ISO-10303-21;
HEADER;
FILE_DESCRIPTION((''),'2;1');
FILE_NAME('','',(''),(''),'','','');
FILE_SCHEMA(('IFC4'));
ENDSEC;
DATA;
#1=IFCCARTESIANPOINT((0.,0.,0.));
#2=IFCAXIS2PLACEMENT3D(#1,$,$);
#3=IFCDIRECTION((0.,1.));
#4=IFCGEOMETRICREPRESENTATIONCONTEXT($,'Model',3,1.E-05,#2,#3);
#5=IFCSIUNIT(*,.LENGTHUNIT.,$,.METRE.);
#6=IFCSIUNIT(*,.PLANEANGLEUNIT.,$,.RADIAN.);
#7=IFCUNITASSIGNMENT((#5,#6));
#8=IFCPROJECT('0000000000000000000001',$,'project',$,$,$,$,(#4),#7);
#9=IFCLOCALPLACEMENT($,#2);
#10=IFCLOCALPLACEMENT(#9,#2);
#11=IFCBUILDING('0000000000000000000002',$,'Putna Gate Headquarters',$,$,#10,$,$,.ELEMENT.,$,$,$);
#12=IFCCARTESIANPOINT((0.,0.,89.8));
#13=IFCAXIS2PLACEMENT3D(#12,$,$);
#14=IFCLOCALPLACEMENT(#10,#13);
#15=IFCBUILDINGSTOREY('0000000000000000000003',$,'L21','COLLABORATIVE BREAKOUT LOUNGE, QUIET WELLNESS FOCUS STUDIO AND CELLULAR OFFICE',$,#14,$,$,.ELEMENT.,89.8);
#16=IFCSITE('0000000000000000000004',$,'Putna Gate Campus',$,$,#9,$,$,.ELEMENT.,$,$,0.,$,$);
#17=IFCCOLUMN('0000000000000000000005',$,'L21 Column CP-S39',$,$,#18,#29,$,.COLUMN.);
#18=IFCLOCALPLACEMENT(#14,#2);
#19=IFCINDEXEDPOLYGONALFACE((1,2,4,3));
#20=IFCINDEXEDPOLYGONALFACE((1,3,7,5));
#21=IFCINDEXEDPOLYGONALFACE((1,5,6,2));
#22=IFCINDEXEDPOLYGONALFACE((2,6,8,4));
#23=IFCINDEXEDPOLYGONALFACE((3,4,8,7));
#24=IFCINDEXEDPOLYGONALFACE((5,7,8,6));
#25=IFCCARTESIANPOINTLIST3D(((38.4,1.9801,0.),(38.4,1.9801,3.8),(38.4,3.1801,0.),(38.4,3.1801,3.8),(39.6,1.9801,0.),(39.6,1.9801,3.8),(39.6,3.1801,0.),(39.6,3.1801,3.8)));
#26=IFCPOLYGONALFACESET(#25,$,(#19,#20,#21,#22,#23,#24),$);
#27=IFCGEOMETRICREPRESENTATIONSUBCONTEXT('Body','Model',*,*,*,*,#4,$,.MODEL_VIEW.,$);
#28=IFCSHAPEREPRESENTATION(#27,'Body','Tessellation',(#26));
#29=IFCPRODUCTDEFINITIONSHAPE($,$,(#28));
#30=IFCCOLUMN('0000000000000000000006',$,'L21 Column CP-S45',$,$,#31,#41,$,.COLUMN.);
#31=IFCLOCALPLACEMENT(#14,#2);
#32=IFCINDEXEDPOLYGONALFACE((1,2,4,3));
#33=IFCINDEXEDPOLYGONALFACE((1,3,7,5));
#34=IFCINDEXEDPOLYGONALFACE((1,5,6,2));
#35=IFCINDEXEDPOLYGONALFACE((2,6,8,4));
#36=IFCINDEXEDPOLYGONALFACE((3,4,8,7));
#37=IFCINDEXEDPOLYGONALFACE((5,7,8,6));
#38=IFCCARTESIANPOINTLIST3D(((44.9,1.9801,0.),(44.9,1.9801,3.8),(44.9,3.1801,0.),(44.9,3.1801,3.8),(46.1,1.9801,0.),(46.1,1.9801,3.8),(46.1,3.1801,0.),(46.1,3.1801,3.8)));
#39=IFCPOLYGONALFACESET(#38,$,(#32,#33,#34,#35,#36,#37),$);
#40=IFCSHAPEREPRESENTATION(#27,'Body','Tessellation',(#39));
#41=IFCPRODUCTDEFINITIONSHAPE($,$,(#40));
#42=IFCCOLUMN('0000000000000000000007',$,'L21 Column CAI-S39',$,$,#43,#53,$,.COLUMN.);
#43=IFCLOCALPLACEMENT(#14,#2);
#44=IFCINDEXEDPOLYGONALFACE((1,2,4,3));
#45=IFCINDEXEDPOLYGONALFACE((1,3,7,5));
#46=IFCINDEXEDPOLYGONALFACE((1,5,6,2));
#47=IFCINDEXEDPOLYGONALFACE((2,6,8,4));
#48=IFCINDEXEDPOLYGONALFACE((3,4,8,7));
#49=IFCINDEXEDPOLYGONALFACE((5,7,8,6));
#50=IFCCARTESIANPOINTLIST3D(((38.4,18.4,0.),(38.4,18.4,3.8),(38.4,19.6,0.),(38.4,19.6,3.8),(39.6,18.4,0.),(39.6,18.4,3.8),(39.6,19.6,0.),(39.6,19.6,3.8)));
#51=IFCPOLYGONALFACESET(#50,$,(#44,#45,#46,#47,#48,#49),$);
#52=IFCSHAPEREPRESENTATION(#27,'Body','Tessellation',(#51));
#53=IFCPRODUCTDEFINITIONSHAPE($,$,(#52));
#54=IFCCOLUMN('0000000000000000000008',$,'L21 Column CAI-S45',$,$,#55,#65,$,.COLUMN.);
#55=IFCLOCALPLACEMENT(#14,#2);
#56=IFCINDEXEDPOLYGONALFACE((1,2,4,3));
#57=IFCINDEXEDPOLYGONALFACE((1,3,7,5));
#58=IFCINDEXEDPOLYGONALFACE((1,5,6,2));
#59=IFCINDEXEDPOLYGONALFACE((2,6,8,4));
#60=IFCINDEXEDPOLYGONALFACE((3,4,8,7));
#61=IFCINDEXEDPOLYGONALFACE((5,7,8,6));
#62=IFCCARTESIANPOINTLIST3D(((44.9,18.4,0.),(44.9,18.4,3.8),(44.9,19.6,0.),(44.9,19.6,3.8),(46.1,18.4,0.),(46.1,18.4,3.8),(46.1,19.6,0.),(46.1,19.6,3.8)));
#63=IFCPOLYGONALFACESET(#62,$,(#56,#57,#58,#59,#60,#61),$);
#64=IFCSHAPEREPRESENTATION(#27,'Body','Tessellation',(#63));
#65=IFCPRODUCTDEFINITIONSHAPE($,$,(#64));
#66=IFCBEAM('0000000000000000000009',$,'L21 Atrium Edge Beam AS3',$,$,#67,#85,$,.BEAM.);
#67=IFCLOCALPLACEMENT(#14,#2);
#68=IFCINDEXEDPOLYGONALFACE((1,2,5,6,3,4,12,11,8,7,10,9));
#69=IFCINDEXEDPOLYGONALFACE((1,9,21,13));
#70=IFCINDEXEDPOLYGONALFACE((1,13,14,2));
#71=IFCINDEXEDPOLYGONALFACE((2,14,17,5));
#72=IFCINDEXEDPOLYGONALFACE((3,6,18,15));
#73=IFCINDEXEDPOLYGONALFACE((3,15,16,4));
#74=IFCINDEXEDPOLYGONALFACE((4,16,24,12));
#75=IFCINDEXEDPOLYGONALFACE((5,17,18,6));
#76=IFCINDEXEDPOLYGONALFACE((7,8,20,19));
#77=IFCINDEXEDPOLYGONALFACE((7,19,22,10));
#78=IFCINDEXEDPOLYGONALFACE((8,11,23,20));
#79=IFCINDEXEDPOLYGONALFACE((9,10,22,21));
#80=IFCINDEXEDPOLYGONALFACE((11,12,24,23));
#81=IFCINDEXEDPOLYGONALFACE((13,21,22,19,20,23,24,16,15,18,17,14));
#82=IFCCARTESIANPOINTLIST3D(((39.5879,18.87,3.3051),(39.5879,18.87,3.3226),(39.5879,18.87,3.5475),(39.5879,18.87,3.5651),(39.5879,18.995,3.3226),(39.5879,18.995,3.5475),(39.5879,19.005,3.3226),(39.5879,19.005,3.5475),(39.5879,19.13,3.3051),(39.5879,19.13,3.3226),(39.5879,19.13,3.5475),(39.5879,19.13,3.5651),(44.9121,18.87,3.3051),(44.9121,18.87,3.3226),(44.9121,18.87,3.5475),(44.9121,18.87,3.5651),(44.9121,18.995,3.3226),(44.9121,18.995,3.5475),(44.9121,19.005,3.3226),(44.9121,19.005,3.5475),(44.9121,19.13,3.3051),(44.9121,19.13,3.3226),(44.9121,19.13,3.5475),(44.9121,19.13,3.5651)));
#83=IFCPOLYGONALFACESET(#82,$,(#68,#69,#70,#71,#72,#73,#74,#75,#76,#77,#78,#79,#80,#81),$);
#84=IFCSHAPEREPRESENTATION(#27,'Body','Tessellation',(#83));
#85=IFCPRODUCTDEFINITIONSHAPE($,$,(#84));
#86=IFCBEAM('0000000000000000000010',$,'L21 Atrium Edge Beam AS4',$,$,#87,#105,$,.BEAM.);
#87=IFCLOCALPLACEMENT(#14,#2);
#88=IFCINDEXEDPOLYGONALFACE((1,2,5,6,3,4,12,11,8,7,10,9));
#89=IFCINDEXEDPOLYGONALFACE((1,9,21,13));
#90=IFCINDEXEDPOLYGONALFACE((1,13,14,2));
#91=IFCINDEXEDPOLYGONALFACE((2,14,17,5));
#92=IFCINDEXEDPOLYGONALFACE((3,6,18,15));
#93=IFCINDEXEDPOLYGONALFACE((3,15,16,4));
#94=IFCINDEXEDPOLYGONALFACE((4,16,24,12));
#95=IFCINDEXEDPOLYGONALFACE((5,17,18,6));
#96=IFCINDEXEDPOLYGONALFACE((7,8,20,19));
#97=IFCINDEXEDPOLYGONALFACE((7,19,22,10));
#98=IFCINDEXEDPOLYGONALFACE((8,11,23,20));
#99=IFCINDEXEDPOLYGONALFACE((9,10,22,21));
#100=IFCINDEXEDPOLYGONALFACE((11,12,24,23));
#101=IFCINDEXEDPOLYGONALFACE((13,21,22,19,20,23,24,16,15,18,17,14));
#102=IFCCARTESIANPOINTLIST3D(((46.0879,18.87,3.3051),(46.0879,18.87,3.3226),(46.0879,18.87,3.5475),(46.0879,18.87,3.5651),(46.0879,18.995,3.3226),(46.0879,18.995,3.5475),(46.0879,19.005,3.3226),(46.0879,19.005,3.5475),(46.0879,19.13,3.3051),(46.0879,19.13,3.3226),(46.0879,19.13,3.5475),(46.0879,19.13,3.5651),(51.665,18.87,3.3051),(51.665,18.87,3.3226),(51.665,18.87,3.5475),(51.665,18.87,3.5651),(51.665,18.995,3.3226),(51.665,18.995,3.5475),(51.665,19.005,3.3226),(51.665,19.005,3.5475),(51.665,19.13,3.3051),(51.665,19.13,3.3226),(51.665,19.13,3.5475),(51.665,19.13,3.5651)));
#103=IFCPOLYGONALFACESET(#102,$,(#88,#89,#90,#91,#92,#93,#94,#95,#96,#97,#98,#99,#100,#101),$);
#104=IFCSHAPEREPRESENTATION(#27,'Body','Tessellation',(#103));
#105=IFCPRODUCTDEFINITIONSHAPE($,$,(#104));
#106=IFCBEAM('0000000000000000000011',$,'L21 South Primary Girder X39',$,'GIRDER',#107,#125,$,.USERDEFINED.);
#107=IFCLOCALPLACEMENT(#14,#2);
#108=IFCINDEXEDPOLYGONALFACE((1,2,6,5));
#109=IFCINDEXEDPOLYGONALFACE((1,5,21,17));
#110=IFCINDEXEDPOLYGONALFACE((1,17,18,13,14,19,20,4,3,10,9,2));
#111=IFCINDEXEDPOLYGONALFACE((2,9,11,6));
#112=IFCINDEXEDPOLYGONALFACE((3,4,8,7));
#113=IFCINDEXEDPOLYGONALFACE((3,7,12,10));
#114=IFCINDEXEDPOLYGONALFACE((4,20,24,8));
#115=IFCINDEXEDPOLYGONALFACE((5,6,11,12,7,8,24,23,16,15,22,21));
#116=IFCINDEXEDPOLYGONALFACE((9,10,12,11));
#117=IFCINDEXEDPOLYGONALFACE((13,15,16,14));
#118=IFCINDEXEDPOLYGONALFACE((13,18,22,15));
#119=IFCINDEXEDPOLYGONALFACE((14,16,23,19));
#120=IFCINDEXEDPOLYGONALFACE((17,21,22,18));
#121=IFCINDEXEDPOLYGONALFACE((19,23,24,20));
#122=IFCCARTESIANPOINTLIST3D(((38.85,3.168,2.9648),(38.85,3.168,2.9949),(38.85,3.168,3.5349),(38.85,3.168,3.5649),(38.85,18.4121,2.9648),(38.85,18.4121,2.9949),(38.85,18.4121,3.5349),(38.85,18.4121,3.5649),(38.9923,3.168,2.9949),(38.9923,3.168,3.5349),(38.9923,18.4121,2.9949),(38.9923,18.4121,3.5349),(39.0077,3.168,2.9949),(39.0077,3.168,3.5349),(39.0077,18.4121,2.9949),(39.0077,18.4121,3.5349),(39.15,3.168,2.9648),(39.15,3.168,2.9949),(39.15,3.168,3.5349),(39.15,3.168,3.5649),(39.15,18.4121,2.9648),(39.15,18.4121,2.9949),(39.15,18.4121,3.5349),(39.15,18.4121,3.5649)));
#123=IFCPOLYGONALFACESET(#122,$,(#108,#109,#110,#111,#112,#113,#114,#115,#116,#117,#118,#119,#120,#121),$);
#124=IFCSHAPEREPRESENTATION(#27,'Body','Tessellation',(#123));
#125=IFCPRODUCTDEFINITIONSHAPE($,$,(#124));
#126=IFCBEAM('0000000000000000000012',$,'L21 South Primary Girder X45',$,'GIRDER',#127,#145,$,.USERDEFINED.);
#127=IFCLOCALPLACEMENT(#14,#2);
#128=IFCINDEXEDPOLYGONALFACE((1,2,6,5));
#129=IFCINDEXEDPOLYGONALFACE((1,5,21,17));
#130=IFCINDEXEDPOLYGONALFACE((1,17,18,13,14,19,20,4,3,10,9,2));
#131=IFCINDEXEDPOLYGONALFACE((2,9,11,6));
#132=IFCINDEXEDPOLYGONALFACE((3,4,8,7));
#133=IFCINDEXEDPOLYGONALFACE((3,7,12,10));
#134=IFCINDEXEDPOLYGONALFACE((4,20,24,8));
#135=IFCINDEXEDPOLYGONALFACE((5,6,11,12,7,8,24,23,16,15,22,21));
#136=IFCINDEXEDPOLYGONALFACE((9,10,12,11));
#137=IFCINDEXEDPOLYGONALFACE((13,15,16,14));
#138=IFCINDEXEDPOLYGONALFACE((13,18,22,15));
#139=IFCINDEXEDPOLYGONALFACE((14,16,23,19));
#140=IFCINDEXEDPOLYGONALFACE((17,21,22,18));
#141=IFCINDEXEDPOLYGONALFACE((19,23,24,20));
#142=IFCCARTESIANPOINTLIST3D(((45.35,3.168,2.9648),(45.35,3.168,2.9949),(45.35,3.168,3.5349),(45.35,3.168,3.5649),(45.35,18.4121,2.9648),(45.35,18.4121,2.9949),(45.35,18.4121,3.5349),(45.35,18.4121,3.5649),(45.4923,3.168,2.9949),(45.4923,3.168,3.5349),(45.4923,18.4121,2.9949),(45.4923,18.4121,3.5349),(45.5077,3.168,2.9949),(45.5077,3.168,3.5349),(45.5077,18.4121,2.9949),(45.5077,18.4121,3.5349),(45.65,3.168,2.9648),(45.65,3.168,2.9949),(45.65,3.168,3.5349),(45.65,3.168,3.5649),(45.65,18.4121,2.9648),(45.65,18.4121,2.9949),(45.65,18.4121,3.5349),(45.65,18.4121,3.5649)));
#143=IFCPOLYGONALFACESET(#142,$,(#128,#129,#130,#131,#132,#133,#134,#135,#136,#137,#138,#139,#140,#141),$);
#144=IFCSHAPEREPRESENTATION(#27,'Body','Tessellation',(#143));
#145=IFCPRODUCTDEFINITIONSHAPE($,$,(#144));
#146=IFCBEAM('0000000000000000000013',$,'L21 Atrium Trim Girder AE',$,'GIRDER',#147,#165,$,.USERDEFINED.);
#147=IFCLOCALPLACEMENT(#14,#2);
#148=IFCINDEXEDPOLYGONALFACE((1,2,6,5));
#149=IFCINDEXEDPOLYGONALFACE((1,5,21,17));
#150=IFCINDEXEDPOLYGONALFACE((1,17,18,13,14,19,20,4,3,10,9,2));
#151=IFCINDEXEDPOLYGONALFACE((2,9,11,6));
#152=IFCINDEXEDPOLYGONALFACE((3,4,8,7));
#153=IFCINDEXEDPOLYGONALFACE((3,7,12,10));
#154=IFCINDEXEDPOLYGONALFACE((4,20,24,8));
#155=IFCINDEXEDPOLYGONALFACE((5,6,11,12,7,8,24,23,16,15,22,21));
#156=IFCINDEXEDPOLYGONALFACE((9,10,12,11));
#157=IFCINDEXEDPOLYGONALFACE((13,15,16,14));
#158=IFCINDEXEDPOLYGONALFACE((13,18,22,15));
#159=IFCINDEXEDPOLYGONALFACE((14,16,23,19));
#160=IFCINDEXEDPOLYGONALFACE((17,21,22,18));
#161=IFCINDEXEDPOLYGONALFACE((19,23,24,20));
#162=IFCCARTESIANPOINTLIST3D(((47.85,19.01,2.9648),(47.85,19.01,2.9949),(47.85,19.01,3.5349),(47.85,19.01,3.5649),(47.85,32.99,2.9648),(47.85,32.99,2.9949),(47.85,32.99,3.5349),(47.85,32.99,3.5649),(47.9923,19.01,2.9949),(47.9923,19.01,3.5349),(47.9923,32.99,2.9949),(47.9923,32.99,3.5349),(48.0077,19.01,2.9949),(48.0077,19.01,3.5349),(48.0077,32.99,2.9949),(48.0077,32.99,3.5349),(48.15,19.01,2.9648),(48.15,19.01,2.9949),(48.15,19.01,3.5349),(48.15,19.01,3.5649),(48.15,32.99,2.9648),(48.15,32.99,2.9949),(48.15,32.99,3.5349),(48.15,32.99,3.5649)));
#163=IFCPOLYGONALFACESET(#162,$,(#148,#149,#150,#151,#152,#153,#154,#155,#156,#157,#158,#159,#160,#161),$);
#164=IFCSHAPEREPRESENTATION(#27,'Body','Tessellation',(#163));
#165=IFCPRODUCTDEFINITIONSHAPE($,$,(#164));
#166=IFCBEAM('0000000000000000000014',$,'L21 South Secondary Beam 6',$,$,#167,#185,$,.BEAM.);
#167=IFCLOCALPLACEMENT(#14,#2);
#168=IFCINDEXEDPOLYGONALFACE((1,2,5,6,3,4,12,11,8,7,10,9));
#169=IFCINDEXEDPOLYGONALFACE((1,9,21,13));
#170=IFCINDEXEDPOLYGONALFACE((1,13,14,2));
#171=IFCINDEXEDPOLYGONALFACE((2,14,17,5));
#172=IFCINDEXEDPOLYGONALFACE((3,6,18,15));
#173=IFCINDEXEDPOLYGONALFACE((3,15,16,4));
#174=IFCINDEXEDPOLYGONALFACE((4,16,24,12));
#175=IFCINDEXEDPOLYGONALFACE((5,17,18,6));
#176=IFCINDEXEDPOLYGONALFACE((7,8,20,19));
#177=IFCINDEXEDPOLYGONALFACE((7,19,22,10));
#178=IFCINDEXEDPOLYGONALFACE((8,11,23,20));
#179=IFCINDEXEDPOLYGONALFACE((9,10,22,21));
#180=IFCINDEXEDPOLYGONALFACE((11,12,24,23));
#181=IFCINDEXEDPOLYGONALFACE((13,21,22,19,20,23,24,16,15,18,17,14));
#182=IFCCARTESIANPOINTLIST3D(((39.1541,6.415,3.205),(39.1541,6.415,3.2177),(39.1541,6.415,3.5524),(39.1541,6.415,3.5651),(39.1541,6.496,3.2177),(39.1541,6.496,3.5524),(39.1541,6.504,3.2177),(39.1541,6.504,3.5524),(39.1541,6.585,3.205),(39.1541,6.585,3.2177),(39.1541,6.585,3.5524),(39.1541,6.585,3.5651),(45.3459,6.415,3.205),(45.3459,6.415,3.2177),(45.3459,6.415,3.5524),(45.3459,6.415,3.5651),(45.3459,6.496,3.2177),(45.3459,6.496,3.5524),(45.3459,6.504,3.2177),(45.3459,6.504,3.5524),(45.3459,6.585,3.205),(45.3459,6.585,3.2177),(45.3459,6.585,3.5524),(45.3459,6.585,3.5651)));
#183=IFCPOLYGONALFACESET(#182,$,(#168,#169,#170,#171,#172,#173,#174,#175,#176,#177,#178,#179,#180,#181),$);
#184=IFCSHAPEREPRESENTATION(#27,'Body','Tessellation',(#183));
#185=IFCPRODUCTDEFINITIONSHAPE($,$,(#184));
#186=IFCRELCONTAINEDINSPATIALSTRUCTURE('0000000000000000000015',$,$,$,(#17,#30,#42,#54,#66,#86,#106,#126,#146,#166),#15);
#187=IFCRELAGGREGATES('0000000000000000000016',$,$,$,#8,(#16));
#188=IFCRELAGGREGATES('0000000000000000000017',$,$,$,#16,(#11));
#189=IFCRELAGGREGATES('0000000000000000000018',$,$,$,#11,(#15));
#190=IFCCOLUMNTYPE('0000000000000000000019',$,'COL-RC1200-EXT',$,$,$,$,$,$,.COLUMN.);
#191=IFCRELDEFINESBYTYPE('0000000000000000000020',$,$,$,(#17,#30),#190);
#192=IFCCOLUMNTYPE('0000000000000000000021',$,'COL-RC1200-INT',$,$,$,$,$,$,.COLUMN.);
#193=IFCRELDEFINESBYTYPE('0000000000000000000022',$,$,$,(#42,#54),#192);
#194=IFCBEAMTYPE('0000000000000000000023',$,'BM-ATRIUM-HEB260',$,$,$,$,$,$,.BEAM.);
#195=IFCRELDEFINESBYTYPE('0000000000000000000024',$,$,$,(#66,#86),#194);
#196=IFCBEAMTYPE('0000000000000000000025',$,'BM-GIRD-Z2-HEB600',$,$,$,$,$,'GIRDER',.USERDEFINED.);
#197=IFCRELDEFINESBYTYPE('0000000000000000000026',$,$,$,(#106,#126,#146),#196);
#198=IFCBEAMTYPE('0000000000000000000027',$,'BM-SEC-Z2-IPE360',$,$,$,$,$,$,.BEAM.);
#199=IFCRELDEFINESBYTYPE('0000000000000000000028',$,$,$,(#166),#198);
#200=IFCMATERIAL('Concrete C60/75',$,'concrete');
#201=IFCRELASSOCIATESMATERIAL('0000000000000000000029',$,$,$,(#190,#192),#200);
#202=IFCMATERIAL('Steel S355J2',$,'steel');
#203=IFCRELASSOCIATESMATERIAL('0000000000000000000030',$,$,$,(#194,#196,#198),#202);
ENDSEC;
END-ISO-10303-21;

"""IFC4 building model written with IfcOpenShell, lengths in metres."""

from ifc_helpers import new_model, si_unit, direction, frame, origin, origin_2d, place, context, subcontext, project, spatial, rectangle, i_section, extrude, material, material_profile, profile_set, type_object, element, save


model = new_model("IFC4")

# Units and contexts
model_context = context("Model", 3, precision=1e-05, world=origin(), true_north=direction((0.0, 1.0)))
body_context = subcontext(model_context, "Body", "Model", "MODEL_VIEW")
ifc_project = project(units=[si_unit("LENGTHUNIT", "METRE"), si_unit("PLANEANGLEUNIT", "RADIAN")], contexts=[model_context])

# Site, building, storey
site_placement = place(None, origin())
site = spatial("IfcSite", under=ifc_project, at=site_placement, Name="Putna Gate Campus", CompositionType="ELEMENT", RefElevation=0.0)
building_placement = place(site_placement, origin())
building = spatial("IfcBuilding", under=site, at=building_placement, Name="Putna Gate Headquarters", CompositionType="ELEMENT")
storey_placement = place(building_placement, frame((0.0, 0.0, 89.8)))
storey = spatial("IfcBuildingStorey", under=building, at=storey_placement, Name="L21", Description="COLLABORATIVE BREAKOUT LOUNGE, QUIET WELLNESS FOCUS STUDIO AND CELLULAR OFFICE", CompositionType="ELEMENT", Elevation=89.8)

# Columns
ifc_material_1 = material(Name="Concrete C60/75", Category="concrete")
ifc_material_profile_1 = material_profile(ifc_material_1, rectangle(XDim=1.2, YDim=1.2, at=origin_2d()), Name="Concrete C60/75")
ifc_profile_set_1 = profile_set([ifc_material_profile_1], Name="Concrete C60/75")
column_type_1 = type_object("IfcColumnType", Name="COL-RC1200-EXT", PredefinedType="COLUMN", material=ifc_profile_set_1)
for number, where, z_axis, x_axis, name in (
    (1, (39.0, 2.5801, 0.0), (0.0, 0.0, 1.0), (1.0, 0.0, 0.0), "L21 Column CP-S39"),
    (2, (45.5, 2.5801, 0.0), (0.0, 0.0, 1.0), (1.0, 0.0, 0.0), "L21 Column CP-S45"),
):
    element("IfcColumn", number, at=place(storey_placement, frame(where, z_axis=z_axis, x_axis=x_axis)), inside=storey, type_object=column_type_1, Name=name, PredefinedType="COLUMN", context=body_context, shape_type="SweptSolid", body=[
        extrude(rectangle(XDim=1.2, YDim=1.2, at=origin_2d()), origin(), (0.0, 0.0, 1.0), 3.8),
    ])
ifc_material_profile_2 = material_profile(ifc_material_1, rectangle(XDim=1.2, YDim=1.2, at=origin_2d()), Name="Concrete C60/75")
ifc_profile_set_2 = profile_set([ifc_material_profile_2], Name="Concrete C60/75")
column_type_2 = type_object("IfcColumnType", Name="COL-RC1200-INT", PredefinedType="COLUMN", material=ifc_profile_set_2)
for number, where, z_axis, x_axis, name in (
    (3, (39.0, 19.0, 0.0), (0.0, 0.0, 1.0), (1.0, 0.0, 0.0), "L21 Column CAI-S39"),
    (4, (45.5, 19.0, 0.0), (0.0, 0.0, 1.0), (1.0, 0.0, 0.0), "L21 Column CAI-S45"),
):
    element("IfcColumn", number, at=place(storey_placement, frame(where, z_axis=z_axis, x_axis=x_axis)), inside=storey, type_object=column_type_2, Name=name, PredefinedType="COLUMN", context=body_context, shape_type="SweptSolid", body=[
        extrude(rectangle(XDim=1.2, YDim=1.2, at=origin_2d()), origin(), (0.0, 0.0, 1.0), 3.8),
    ])

# Beams
ifc_material_2 = material(Name="Steel S355J2", Category="steel")
ifc_material_profile_3 = material_profile(ifc_material_2, i_section(OverallWidth=0.26, OverallDepth=0.26, WebThickness=0.01, FlangeThickness=0.0176, at=origin_2d()), Name="Steel S355J2")
ifc_profile_set_3 = profile_set([ifc_material_profile_3], Name="Steel S355J2")
beam_type_1 = type_object("IfcBeamType", Name="BM-ATRIUM-HEB260", PredefinedType="BEAM", material=ifc_profile_set_3)
beam_1_placement = place(storey_placement, frame((39.5879, 19.0, 3.4351), z_axis=(1.0, 0.0, 0.0), x_axis=(0.0, 1.0, 0.0)))
element("IfcBeam", 5, at=beam_1_placement, inside=storey, type_object=beam_type_1, Name="L21 Atrium Edge Beam AS3", PredefinedType="BEAM", context=body_context, shape_type="SweptSolid", body=[
    extrude(i_section(OverallWidth=0.26, OverallDepth=0.26, WebThickness=0.01, FlangeThickness=0.0176, at=origin_2d()), origin(), (0.0, 0.0, 1.0), 5.3242),
])
beam_2_placement = place(storey_placement, frame((46.0879, 19.0, 3.4351), z_axis=(1.0, 0.0, 0.0), x_axis=(0.0, 1.0, 0.0)))
element("IfcBeam", 6, at=beam_2_placement, inside=storey, type_object=beam_type_1, Name="L21 Atrium Edge Beam AS4", PredefinedType="BEAM", context=body_context, shape_type="SweptSolid", body=[
    extrude(i_section(OverallWidth=0.26, OverallDepth=0.26, WebThickness=0.01, FlangeThickness=0.0176, at=origin_2d()), origin(), (0.0, 0.0, 1.0), 5.5771),
])
ifc_material_profile_4 = material_profile(ifc_material_2, i_section(OverallWidth=0.3, OverallDepth=0.6001, WebThickness=0.0154, FlangeThickness=0.03, at=origin_2d()), Name="Steel S355J2")
ifc_profile_set_4 = profile_set([ifc_material_profile_4], Name="Steel S355J2")
beam_type_2 = type_object("IfcBeamType", Name="BM-GIRD-Z2-HEB600", ElementType="GIRDER", PredefinedType="USERDEFINED", material=ifc_profile_set_4)
for number, where, z_axis, x_axis, name in (
    (7, (39.0, 3.168, 3.2649), (0.0, 1.0, 0.0), (-1.0, 0.0, 0.0), "L21 South Primary Girder X39"),
    (8, (45.5, 3.168, 3.2649), (0.0, 1.0, 0.0), (-1.0, 0.0, 0.0), "L21 South Primary Girder X45"),
):
    element("IfcBeam", number, at=place(storey_placement, frame(where, z_axis=z_axis, x_axis=x_axis)), inside=storey, type_object=beam_type_2, Name=name, ObjectType="GIRDER", PredefinedType="USERDEFINED", context=body_context, shape_type="SweptSolid", body=[
        extrude(i_section(OverallWidth=0.3, OverallDepth=0.6001, WebThickness=0.0154, FlangeThickness=0.03, at=origin_2d()), origin(), (0.0, 0.0, 1.0), 15.2441),
    ])
beam_3_placement = place(storey_placement, frame((48.0, 19.01, 3.2649), z_axis=(0.0, 1.0, 0.0), x_axis=(-1.0, 0.0, 0.0)))
element("IfcBeam", 9, at=beam_3_placement, inside=storey, type_object=beam_type_2, Name="L21 Atrium Trim Girder AE", ObjectType="GIRDER", PredefinedType="USERDEFINED", context=body_context, shape_type="SweptSolid", body=[
    extrude(i_section(OverallWidth=0.3, OverallDepth=0.6001, WebThickness=0.0154, FlangeThickness=0.03, at=origin_2d()), origin(), (0.0, 0.0, 1.0), 13.98),
])
ifc_material_profile_5 = material_profile(ifc_material_2, i_section(OverallWidth=0.1699, OverallDepth=0.3601, WebThickness=0.0081, FlangeThickness=0.0127, at=origin_2d()), Name="Steel S355J2")
ifc_profile_set_5 = profile_set([ifc_material_profile_5], Name="Steel S355J2")
beam_type_3 = type_object("IfcBeamType", Name="BM-SEC-Z2-IPE360", PredefinedType="BEAM", material=ifc_profile_set_5)
for number, where, z_axis, x_axis, name in (
    (10, (39.1541, 6.5, 3.385), (1.0, 0.0, 0.0), (0.0, 1.0, 0.0), "L21 South Secondary Beam 6"),
):
    element("IfcBeam", number, at=place(storey_placement, frame(where, z_axis=z_axis, x_axis=x_axis)), inside=storey, type_object=beam_type_3, Name=name, PredefinedType="BEAM", context=body_context, shape_type="SweptSolid", body=[
        extrude(i_section(OverallWidth=0.1699, OverallDepth=0.3601, WebThickness=0.0081, FlangeThickness=0.0127, at=origin_2d()), origin(), (0.0, 0.0, 1.0), 6.1919),
    ])

save(model, "model.ifc")
